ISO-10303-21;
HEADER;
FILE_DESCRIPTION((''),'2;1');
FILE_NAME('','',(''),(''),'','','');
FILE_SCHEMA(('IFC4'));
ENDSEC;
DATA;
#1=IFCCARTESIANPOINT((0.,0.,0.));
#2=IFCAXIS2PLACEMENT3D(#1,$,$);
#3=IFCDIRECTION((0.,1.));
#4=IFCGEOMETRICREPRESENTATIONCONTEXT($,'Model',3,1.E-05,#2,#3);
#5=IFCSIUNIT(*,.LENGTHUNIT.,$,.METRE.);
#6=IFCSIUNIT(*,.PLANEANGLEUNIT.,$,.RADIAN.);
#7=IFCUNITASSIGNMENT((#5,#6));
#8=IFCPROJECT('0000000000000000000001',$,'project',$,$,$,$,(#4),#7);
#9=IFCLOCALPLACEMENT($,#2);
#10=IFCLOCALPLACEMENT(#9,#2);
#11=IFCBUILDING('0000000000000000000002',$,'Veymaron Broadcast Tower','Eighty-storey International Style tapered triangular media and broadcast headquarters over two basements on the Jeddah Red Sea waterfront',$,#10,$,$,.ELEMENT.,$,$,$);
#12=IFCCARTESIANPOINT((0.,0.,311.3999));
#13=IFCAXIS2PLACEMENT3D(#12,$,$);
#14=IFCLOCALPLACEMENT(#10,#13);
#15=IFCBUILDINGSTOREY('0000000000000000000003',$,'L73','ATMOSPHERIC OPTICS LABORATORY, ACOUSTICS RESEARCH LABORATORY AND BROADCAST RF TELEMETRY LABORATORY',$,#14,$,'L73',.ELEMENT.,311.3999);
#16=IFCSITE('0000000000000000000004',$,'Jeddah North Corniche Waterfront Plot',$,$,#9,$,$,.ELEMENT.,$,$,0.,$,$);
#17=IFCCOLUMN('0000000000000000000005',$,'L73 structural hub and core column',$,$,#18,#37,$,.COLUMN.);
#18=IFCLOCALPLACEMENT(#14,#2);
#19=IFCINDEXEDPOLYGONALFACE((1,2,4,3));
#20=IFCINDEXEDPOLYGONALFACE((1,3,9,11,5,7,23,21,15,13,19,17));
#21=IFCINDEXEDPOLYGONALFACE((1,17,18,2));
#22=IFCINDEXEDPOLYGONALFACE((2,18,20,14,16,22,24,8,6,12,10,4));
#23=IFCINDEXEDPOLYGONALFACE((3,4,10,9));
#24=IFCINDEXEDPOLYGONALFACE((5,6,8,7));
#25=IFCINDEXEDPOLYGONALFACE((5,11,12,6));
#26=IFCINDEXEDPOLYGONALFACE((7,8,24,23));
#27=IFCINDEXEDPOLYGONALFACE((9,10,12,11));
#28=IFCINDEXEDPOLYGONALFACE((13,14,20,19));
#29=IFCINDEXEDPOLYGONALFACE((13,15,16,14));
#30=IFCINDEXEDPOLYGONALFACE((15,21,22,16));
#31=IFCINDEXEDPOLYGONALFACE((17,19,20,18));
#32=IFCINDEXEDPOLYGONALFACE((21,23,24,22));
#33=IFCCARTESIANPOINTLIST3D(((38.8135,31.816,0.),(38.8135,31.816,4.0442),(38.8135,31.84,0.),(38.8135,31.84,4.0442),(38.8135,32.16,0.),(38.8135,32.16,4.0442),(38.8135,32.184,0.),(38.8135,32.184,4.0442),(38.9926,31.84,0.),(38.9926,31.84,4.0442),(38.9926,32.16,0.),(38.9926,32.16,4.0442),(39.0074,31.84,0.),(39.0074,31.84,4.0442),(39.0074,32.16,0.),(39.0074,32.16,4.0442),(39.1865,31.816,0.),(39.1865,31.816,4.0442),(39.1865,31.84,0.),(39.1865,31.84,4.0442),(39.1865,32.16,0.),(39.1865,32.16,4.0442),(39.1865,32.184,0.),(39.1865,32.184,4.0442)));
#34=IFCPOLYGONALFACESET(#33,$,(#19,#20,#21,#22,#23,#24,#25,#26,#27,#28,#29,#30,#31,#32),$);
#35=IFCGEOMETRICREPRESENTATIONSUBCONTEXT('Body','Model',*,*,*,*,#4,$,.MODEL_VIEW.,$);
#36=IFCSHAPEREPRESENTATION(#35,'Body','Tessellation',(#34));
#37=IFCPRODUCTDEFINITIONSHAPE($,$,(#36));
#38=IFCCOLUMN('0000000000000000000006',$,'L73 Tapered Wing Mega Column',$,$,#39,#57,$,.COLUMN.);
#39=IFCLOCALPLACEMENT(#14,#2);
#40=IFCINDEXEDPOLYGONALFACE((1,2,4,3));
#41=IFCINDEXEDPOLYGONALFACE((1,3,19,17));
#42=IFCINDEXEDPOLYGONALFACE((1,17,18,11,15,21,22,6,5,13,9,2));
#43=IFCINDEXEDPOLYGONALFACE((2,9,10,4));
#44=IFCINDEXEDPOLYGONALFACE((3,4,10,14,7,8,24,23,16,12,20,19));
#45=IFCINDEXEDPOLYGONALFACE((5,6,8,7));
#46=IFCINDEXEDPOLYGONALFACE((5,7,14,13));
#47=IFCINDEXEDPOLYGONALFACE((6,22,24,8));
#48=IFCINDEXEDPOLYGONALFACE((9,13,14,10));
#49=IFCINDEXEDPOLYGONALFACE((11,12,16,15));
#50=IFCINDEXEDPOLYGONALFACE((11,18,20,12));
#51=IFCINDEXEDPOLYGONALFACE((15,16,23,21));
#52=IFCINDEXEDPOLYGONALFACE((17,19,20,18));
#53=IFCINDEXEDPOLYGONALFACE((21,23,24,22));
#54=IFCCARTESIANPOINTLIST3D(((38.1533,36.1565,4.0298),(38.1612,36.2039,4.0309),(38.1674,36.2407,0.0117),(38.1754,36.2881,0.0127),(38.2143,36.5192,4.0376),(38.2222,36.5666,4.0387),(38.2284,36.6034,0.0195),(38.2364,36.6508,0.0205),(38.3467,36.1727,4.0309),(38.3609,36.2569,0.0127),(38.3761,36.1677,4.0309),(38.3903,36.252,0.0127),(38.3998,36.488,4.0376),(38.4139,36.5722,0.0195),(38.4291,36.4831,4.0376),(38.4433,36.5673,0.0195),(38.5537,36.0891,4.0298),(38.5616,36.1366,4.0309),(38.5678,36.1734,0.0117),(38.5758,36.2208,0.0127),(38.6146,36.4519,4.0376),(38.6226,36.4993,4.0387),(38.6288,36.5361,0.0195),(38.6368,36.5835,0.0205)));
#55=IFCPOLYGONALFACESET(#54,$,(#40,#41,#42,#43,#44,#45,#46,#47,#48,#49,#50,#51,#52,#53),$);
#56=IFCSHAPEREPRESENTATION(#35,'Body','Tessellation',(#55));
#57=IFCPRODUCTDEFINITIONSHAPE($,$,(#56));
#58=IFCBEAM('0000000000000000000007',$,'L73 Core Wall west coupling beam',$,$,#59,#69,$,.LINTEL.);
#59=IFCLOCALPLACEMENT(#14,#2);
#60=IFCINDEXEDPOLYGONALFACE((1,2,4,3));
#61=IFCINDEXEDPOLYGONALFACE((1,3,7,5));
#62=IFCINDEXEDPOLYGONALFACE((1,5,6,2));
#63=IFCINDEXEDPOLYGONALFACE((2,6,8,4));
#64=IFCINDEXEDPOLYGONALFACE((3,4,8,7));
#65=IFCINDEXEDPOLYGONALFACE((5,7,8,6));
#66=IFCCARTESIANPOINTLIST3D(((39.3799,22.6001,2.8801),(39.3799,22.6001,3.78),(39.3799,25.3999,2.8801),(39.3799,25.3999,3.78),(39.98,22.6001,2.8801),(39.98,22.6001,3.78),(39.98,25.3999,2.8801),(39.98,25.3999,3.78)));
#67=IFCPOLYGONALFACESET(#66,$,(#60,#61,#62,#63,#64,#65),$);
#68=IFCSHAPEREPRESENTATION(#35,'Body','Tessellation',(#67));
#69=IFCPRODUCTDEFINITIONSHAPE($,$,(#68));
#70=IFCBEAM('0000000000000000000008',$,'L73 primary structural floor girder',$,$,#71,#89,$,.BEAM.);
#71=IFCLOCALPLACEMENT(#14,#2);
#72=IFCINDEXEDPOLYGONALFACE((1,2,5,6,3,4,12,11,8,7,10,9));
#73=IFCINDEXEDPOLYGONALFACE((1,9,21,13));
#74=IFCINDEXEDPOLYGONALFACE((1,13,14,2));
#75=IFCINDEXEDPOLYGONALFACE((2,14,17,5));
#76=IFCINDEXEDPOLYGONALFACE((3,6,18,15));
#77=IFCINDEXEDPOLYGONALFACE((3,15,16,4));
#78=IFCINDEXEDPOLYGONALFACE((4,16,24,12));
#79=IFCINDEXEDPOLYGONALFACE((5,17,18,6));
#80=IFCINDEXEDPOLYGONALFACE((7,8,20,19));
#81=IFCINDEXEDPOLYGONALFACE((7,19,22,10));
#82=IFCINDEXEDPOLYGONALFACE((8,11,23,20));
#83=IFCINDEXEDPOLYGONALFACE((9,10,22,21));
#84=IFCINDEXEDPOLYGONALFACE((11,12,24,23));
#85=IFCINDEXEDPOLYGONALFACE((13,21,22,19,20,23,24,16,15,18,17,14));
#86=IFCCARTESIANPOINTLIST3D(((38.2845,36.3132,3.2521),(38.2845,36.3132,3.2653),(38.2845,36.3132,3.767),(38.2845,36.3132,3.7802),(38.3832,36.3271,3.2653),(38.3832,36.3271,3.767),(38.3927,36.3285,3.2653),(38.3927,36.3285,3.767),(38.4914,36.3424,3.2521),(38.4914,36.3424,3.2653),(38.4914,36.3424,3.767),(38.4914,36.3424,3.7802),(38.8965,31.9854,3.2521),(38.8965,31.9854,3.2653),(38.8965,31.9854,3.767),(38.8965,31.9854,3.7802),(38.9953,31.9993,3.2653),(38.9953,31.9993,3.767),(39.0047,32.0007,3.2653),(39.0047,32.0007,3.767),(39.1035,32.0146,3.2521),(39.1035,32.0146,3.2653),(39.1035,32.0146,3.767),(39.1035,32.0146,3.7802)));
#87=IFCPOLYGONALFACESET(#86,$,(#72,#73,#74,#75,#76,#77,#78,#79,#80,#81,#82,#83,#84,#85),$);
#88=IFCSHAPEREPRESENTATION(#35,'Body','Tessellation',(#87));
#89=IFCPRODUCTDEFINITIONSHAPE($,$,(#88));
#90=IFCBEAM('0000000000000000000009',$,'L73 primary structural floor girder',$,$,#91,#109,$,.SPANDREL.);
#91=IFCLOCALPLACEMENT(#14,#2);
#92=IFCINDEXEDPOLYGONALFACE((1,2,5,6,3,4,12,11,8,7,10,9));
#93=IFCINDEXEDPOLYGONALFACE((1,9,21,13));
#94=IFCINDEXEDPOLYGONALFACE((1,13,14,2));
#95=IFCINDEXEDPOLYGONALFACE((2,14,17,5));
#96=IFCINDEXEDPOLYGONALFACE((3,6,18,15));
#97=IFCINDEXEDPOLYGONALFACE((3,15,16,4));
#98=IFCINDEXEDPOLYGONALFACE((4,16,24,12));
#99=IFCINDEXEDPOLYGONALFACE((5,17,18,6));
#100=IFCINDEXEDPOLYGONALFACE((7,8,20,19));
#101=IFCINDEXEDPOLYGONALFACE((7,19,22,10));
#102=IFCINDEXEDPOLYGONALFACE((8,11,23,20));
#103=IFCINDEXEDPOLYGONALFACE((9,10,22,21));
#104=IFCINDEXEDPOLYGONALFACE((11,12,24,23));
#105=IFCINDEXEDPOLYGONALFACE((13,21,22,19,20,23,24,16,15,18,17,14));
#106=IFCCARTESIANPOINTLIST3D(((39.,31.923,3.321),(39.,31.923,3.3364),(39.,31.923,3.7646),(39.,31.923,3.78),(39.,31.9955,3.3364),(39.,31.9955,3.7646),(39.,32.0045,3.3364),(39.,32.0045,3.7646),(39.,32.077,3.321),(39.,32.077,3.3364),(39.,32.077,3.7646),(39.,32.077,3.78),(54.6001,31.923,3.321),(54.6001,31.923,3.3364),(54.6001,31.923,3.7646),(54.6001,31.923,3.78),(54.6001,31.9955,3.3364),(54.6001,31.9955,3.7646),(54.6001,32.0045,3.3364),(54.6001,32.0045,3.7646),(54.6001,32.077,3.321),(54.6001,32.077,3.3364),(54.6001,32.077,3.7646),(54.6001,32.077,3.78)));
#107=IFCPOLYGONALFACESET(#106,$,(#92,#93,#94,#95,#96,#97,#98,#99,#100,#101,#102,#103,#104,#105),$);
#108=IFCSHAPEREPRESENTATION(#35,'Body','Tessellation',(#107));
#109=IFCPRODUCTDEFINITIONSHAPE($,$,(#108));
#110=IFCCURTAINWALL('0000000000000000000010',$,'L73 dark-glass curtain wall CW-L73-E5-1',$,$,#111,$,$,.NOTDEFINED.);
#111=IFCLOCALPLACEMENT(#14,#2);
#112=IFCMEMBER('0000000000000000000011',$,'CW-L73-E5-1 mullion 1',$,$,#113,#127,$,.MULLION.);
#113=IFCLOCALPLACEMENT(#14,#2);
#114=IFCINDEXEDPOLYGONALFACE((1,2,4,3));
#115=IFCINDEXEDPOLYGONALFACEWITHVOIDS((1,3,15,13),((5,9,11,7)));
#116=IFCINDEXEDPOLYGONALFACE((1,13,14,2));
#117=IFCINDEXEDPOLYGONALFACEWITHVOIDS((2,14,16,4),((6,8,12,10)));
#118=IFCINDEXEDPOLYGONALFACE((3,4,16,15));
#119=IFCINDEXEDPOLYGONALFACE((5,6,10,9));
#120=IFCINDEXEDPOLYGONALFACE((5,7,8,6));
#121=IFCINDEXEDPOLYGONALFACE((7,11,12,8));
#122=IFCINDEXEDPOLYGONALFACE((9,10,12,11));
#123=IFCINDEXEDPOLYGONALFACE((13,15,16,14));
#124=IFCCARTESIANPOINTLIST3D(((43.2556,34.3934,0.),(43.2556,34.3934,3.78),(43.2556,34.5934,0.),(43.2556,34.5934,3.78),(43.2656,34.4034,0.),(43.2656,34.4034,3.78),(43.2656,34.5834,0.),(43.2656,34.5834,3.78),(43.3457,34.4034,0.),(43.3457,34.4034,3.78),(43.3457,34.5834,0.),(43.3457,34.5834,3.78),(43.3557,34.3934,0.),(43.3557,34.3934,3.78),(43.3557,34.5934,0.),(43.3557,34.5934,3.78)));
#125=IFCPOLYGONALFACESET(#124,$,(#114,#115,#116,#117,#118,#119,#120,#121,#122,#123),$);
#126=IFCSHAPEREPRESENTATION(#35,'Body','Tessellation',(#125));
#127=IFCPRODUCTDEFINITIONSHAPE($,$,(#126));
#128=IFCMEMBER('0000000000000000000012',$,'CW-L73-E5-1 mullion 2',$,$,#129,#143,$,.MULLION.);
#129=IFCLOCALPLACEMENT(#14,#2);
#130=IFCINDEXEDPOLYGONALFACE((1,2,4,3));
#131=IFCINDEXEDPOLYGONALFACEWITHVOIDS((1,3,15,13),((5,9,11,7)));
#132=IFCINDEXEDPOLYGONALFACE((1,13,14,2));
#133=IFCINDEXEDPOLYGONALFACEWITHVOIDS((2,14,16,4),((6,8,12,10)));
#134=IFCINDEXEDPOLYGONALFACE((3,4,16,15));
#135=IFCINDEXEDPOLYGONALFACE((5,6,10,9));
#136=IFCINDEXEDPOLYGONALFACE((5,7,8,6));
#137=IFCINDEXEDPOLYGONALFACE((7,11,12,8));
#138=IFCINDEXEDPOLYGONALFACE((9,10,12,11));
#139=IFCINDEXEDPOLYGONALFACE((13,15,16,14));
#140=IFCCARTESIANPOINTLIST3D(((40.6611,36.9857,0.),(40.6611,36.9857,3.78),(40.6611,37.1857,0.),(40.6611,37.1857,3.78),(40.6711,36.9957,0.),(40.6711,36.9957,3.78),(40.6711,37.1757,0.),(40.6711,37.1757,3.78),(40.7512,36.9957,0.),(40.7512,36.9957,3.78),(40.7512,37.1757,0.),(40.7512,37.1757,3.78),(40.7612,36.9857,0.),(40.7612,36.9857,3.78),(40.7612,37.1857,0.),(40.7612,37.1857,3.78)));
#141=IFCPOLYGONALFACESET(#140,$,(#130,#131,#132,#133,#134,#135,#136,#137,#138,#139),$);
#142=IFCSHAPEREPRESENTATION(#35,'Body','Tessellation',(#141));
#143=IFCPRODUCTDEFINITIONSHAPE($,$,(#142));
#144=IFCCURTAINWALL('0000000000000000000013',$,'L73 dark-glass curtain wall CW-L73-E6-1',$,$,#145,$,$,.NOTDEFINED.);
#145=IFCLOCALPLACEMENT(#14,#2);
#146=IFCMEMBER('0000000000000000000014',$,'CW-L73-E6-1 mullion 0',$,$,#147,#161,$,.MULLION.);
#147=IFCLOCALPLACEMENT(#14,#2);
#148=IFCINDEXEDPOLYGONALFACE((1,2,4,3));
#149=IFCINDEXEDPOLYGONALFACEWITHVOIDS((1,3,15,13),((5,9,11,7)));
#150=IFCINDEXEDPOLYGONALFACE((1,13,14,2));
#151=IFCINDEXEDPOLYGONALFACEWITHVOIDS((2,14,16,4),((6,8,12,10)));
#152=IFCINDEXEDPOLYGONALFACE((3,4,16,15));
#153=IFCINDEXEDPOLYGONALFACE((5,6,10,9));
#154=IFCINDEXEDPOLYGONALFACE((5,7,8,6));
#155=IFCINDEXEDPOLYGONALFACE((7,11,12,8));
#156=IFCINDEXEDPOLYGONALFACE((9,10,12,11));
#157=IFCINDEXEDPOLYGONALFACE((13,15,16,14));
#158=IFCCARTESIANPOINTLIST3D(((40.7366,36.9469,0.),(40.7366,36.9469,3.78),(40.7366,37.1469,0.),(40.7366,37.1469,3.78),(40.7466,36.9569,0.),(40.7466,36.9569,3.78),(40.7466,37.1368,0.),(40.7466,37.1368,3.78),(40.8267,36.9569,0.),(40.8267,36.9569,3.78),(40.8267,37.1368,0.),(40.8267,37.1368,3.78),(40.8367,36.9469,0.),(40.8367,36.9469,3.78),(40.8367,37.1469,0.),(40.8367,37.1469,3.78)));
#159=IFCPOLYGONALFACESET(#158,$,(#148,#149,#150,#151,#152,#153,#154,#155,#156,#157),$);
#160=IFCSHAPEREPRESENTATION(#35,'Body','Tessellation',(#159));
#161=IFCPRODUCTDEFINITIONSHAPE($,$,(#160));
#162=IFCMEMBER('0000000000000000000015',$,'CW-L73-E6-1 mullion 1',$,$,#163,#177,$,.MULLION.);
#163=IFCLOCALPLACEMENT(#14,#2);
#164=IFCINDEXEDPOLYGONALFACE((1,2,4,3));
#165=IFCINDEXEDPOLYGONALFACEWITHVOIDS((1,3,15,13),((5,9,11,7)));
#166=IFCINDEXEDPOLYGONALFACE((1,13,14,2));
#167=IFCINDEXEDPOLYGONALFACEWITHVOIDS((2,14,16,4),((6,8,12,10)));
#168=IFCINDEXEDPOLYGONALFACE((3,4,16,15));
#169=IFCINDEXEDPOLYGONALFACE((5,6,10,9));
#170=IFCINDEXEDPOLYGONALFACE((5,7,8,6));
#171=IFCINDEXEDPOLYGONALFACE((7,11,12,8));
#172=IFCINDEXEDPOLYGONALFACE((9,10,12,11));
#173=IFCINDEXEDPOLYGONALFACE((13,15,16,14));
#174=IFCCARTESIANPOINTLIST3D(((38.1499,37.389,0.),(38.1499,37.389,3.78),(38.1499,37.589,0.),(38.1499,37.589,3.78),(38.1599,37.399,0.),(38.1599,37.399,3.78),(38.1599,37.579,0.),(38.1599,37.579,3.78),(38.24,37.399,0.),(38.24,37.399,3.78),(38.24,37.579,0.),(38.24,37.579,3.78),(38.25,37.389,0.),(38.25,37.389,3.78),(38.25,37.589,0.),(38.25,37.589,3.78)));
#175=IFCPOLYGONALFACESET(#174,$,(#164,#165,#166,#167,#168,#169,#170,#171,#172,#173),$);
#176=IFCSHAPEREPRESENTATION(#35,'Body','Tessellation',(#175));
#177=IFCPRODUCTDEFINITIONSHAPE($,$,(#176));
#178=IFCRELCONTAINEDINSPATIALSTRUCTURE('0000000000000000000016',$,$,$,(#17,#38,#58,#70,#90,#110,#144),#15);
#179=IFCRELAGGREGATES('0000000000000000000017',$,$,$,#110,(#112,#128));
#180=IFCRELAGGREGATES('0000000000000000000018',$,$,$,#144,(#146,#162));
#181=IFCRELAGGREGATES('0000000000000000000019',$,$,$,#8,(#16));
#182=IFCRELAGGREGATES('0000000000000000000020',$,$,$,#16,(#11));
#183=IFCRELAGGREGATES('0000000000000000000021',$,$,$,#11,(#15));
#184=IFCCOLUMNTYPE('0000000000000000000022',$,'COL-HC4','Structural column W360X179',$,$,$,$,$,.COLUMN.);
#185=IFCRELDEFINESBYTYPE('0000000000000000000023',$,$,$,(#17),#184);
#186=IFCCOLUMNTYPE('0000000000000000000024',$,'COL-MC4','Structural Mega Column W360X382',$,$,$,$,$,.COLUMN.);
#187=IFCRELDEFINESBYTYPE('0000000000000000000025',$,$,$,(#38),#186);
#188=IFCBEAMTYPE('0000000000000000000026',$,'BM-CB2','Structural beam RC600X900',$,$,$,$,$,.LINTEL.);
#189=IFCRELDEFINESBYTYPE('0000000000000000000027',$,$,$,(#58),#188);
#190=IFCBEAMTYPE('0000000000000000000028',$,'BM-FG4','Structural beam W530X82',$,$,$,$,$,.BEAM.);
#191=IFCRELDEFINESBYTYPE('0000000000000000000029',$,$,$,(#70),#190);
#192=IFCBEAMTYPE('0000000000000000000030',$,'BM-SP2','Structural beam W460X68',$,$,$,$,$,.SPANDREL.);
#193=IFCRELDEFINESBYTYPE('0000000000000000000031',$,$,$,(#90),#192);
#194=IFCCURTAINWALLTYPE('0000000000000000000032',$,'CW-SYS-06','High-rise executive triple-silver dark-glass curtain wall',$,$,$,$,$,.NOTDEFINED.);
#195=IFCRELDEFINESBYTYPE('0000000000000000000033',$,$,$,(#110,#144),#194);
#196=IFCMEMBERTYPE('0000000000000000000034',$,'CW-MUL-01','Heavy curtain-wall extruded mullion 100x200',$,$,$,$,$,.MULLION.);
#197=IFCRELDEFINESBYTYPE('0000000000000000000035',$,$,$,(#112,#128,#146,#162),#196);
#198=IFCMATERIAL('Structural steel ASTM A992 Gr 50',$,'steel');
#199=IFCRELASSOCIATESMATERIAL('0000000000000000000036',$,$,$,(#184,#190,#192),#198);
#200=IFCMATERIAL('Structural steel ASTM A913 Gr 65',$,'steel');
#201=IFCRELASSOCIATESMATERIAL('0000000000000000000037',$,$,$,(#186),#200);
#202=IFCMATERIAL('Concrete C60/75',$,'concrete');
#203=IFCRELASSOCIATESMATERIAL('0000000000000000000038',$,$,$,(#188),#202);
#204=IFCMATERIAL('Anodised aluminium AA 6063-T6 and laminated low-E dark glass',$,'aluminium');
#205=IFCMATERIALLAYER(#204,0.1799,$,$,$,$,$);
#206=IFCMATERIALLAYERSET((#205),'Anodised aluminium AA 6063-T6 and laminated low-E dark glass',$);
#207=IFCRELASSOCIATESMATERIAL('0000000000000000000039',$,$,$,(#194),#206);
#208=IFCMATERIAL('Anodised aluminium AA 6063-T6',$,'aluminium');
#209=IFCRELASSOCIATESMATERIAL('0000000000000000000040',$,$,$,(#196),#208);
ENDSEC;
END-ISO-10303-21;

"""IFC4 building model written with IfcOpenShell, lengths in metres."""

from ifc_helpers import new_model, si_unit, direction, frame, origin, origin_2d, place, context, subcontext, project, spatial, rectangle, hollow_rectangle, i_section, extrude, material, layer, layer_set, material_profile, profile_set, type_object, element, aggregate, save


model = new_model("IFC4")

# Units and contexts
model_context = context("Model", 3, precision=1e-05, world=origin(), true_north=direction((0.0, 1.0)))
body_context = subcontext(model_context, "Body", "Model", "MODEL_VIEW")
ifc_project = project(units=[si_unit("LENGTHUNIT", "METRE"), si_unit("PLANEANGLEUNIT", "RADIAN")], contexts=[model_context])

# Site, building, storey
site_placement = place(None, origin())
site = spatial("IfcSite", under=ifc_project, at=site_placement, Name="Jeddah North Corniche Waterfront Plot", CompositionType="ELEMENT", RefElevation=0.0)
building_placement = place(site_placement, origin())
building = spatial("IfcBuilding", under=site, at=building_placement, Name="Veymaron Broadcast Tower", Description="Eighty-storey International Style tapered triangular media and broadcast headquarters over two basements on the Jeddah Red Sea waterfront", CompositionType="ELEMENT")
storey_placement = place(building_placement, frame((0.0, 0.0, 311.3999)))
storey = spatial("IfcBuildingStorey", under=building, at=storey_placement, Name="L73", Description="ATMOSPHERIC OPTICS LABORATORY, ACOUSTICS RESEARCH LABORATORY AND BROADCAST RF TELEMETRY LABORATORY", LongName="L73", CompositionType="ELEMENT", Elevation=311.3999)

# Columns
ifc_material_1 = material(Name="Structural steel ASTM A992 Gr 50", Category="steel")
ifc_material_profile_1 = material_profile(ifc_material_1, i_section(OverallWidth=0.373, OverallDepth=0.3679, WebThickness=0.0149, FlangeThickness=0.0239, at=origin_2d()), Name="W360X179")
ifc_profile_set_1 = profile_set([ifc_material_profile_1], Name="Structural steel ASTM A992 Gr 50")
column_type_1 = type_object("IfcColumnType", Name="COL-HC4", Description="Structural column W360X179", PredefinedType="COLUMN", material=ifc_profile_set_1)
column_1_placement = place(storey_placement, frame((39.0, 32.0, 0.0), z_axis=(0.0, 0.0, 1.0), x_axis=(1.0, 0.0, 0.0)))
element("IfcColumn", 1, at=column_1_placement, inside=storey, type_object=column_type_1, Name="L73 structural hub and core column", PredefinedType="COLUMN", context=body_context, shape_type="SweptSolid", body=[
    extrude(i_section(OverallWidth=0.373, OverallDepth=0.3679, WebThickness=0.0149, FlangeThickness=0.0239, at=origin_2d()), origin(), (0.0, 0.0, 1.0), 4.0442),
])
ifc_material_2 = material(Name="Structural steel ASTM A913 Gr 65", Category="steel")
ifc_material_profile_2 = material_profile(ifc_material_2, i_section(OverallWidth=0.406, OverallDepth=0.416, WebThickness=0.0298, FlangeThickness=0.0481, at=origin_2d()), Name="W360X382")
ifc_profile_set_2 = profile_set([ifc_material_profile_2], Name="Structural steel ASTM A913 Gr 65")
column_type_2 = type_object("IfcColumnType", Name="COL-MC4", Description="Structural Mega Column W360X382", PredefinedType="COLUMN", material=ifc_profile_set_2)
column_2_placement = place(storey_placement, frame((38.4021, 36.4121, 0.0161), z_axis=(-0.003523, -0.020958, 0.999774), x_axis=(0.986161, -0.165789, 0.0)))
element("IfcColumn", 2, at=column_2_placement, inside=storey, type_object=column_type_2, Name="L73 Tapered Wing Mega Column", PredefinedType="COLUMN", context=body_context, shape_type="SweptSolid", body=[
    extrude(i_section(OverallWidth=0.406, OverallDepth=0.416, WebThickness=0.0298, FlangeThickness=0.0481, at=origin_2d()), origin(), (0.0, 0.0, 1.0), 4.019),
])

# Beams
ifc_material_3 = material(Name="Concrete C60/75", Category="concrete")
ifc_material_profile_3 = material_profile(ifc_material_3, rectangle(XDim=0.6001, YDim=0.8999, at=origin_2d()), Name="RC600X900")
ifc_profile_set_3 = profile_set([ifc_material_profile_3], Name="Concrete C60/75")
beam_type_1 = type_object("IfcBeamType", Name="BM-CB2", Description="Structural beam RC600X900", PredefinedType="LINTEL", material=ifc_profile_set_3)
beam_1_placement = place(storey_placement, frame((39.6799, 22.6001, 3.3301), z_axis=(0.0, 1.0, 0.0), x_axis=(-1.0, 0.0, 0.0)))
element("IfcBeam", 3, at=beam_1_placement, inside=storey, type_object=beam_type_1, Name="L73 Core Wall west coupling beam", PredefinedType="LINTEL", context=body_context, shape_type="SweptSolid", body=[
    extrude(rectangle(XDim=0.6001, YDim=0.8999, at=origin_2d()), origin(), (0.0, 0.0, 1.0), 2.7998),
])
ifc_material_profile_4 = material_profile(ifc_material_1, i_section(OverallWidth=0.209, OverallDepth=0.5281, WebThickness=0.0095, FlangeThickness=0.0132, at=origin_2d()), Name="W530X82")
ifc_profile_set_4 = profile_set([ifc_material_profile_4], Name="Structural steel ASTM A992 Gr 50")
beam_type_2 = type_object("IfcBeamType", Name="BM-FG4", Description="Structural beam W530X82", PredefinedType="BEAM", material=ifc_profile_set_4)
beam_2_placement = place(storey_placement, frame((39.0, 32.0, 3.5161), z_axis=(-0.140029, 0.990147, 0.0), x_axis=(-0.990147, -0.140029, 0.0)))
element("IfcBeam", 4, at=beam_2_placement, inside=storey, type_object=beam_type_2, Name="L73 primary structural floor girder", PredefinedType="BEAM", context=body_context, shape_type="SweptSolid", body=[
    extrude(i_section(OverallWidth=0.209, OverallDepth=0.5281, WebThickness=0.0095, FlangeThickness=0.0132, at=origin_2d()), origin(), (0.0, 0.0, 1.0), 4.3708),
])
ifc_material_profile_5 = material_profile(ifc_material_1, i_section(OverallWidth=0.1541, OverallDepth=0.459, WebThickness=0.009, FlangeThickness=0.0154, at=origin_2d()), Name="W460X68")
ifc_profile_set_5 = profile_set([ifc_material_profile_5], Name="Structural steel ASTM A992 Gr 50")
beam_type_3 = type_object("IfcBeamType", Name="BM-SP2", Description="Structural beam W460X68", PredefinedType="SPANDREL", material=ifc_profile_set_5)
beam_3_placement = place(storey_placement, frame((39.0, 32.0, 3.5505), z_axis=(1.0, 0.0, 0.0), x_axis=(0.0, 1.0, 0.0)))
element("IfcBeam", 5, at=beam_3_placement, inside=storey, type_object=beam_type_3, Name="L73 primary structural floor girder", PredefinedType="SPANDREL", context=body_context, shape_type="SweptSolid", body=[
    extrude(i_section(OverallWidth=0.1541, OverallDepth=0.459, WebThickness=0.009, FlangeThickness=0.0154, at=origin_2d()), origin(), (0.0, 0.0, 1.0), 15.6001),
])

# Curtain walls, members
ifc_material_4 = material(Name="Anodised aluminium AA 6063-T6 and laminated low-E dark glass", Category="aluminium")
ifc_layer_1 = layer(ifc_material_4, 0.1799)
ifc_layer_set_1 = layer_set([ifc_layer_1], Name="Anodised aluminium AA 6063-T6 and laminated low-E dark glass")
curtain_wall_type = type_object("IfcCurtainWallType", Name="CW-SYS-06", Description="High-rise executive triple-silver dark-glass curtain wall", PredefinedType="NOTDEFINED", material=ifc_layer_set_1)
curtain_wall_1_placement = place(storey_placement, origin())
curtain_wall_1 = element("IfcCurtainWall", 6, at=curtain_wall_1_placement, inside=storey, type_object=curtain_wall_type, Name="L73 dark-glass curtain wall CW-L73-E5-1", PredefinedType="NOTDEFINED")
ifc_material_5 = material(Name="Anodised aluminium AA 6063-T6", Category="aluminium")
ifc_material_profile_6 = material_profile(ifc_material_5, hollow_rectangle(XDim=0.1001, YDim=0.2, WallThickness=0.01, at=origin_2d()), Name="RHS200X100X10")
ifc_profile_set_6 = profile_set([ifc_material_profile_6], Name="Anodised aluminium AA 6063-T6")
member_type_1 = type_object("IfcMemberType", Name="CW-MUL-01", Description="Heavy curtain-wall extruded mullion 100x200", PredefinedType="MULLION", material=ifc_profile_set_6)
member_1_placement = place(storey_placement, frame((43.3057, 34.4934, 0.0), z_axis=(0.0, 0.0, 1.0), x_axis=(1.0, 0.0, 0.0)))
member_1 = element("IfcMember", 7, at=member_1_placement, type_object=member_type_1, Name="CW-L73-E5-1 mullion 1", PredefinedType="MULLION", context=body_context, shape_type="SweptSolid", body=[
    extrude(hollow_rectangle(XDim=0.1001, YDim=0.2, WallThickness=0.01, at=origin_2d()), origin(), (0.0, 0.0, 1.0), 3.78),
])
member_2_placement = place(storey_placement, frame((40.7112, 37.0857, 0.0), z_axis=(0.0, 0.0, 1.0), x_axis=(1.0, 0.0, 0.0)))
member_2 = element("IfcMember", 8, at=member_2_placement, type_object=member_type_1, Name="CW-L73-E5-1 mullion 2", PredefinedType="MULLION", context=body_context, shape_type="SweptSolid", body=[
    extrude(hollow_rectangle(XDim=0.1001, YDim=0.2, WallThickness=0.01, at=origin_2d()), origin(), (0.0, 0.0, 1.0), 3.78),
])
curtain_wall_2_placement = place(storey_placement, origin())
curtain_wall_2 = element("IfcCurtainWall", 9, at=curtain_wall_2_placement, inside=storey, type_object=curtain_wall_type, Name="L73 dark-glass curtain wall CW-L73-E6-1", PredefinedType="NOTDEFINED")
member_3_placement = place(storey_placement, frame((40.7866, 37.0469, 0.0), z_axis=(0.0, 0.0, 1.0), x_axis=(1.0, 0.0, 0.0)))
member_3 = element("IfcMember", 10, at=member_3_placement, type_object=member_type_1, Name="CW-L73-E6-1 mullion 0", PredefinedType="MULLION", context=body_context, shape_type="SweptSolid", body=[
    extrude(hollow_rectangle(XDim=0.1001, YDim=0.2, WallThickness=0.01, at=origin_2d()), origin(), (0.0, 0.0, 1.0), 3.78),
])
member_4_placement = place(storey_placement, frame((38.2, 37.489, 0.0), z_axis=(0.0, 0.0, 1.0), x_axis=(1.0, 0.0, 0.0)))
member_4 = element("IfcMember", 11, at=member_4_placement, type_object=member_type_1, Name="CW-L73-E6-1 mullion 1", PredefinedType="MULLION", context=body_context, shape_type="SweptSolid", body=[
    extrude(hollow_rectangle(XDim=0.1001, YDim=0.2, WallThickness=0.01, at=origin_2d()), origin(), (0.0, 0.0, 1.0), 3.78),
])

aggregate(curtain_wall_1, [member_1, member_2])
aggregate(curtain_wall_2, [member_3, member_4])

save(model, "model.ifc")
